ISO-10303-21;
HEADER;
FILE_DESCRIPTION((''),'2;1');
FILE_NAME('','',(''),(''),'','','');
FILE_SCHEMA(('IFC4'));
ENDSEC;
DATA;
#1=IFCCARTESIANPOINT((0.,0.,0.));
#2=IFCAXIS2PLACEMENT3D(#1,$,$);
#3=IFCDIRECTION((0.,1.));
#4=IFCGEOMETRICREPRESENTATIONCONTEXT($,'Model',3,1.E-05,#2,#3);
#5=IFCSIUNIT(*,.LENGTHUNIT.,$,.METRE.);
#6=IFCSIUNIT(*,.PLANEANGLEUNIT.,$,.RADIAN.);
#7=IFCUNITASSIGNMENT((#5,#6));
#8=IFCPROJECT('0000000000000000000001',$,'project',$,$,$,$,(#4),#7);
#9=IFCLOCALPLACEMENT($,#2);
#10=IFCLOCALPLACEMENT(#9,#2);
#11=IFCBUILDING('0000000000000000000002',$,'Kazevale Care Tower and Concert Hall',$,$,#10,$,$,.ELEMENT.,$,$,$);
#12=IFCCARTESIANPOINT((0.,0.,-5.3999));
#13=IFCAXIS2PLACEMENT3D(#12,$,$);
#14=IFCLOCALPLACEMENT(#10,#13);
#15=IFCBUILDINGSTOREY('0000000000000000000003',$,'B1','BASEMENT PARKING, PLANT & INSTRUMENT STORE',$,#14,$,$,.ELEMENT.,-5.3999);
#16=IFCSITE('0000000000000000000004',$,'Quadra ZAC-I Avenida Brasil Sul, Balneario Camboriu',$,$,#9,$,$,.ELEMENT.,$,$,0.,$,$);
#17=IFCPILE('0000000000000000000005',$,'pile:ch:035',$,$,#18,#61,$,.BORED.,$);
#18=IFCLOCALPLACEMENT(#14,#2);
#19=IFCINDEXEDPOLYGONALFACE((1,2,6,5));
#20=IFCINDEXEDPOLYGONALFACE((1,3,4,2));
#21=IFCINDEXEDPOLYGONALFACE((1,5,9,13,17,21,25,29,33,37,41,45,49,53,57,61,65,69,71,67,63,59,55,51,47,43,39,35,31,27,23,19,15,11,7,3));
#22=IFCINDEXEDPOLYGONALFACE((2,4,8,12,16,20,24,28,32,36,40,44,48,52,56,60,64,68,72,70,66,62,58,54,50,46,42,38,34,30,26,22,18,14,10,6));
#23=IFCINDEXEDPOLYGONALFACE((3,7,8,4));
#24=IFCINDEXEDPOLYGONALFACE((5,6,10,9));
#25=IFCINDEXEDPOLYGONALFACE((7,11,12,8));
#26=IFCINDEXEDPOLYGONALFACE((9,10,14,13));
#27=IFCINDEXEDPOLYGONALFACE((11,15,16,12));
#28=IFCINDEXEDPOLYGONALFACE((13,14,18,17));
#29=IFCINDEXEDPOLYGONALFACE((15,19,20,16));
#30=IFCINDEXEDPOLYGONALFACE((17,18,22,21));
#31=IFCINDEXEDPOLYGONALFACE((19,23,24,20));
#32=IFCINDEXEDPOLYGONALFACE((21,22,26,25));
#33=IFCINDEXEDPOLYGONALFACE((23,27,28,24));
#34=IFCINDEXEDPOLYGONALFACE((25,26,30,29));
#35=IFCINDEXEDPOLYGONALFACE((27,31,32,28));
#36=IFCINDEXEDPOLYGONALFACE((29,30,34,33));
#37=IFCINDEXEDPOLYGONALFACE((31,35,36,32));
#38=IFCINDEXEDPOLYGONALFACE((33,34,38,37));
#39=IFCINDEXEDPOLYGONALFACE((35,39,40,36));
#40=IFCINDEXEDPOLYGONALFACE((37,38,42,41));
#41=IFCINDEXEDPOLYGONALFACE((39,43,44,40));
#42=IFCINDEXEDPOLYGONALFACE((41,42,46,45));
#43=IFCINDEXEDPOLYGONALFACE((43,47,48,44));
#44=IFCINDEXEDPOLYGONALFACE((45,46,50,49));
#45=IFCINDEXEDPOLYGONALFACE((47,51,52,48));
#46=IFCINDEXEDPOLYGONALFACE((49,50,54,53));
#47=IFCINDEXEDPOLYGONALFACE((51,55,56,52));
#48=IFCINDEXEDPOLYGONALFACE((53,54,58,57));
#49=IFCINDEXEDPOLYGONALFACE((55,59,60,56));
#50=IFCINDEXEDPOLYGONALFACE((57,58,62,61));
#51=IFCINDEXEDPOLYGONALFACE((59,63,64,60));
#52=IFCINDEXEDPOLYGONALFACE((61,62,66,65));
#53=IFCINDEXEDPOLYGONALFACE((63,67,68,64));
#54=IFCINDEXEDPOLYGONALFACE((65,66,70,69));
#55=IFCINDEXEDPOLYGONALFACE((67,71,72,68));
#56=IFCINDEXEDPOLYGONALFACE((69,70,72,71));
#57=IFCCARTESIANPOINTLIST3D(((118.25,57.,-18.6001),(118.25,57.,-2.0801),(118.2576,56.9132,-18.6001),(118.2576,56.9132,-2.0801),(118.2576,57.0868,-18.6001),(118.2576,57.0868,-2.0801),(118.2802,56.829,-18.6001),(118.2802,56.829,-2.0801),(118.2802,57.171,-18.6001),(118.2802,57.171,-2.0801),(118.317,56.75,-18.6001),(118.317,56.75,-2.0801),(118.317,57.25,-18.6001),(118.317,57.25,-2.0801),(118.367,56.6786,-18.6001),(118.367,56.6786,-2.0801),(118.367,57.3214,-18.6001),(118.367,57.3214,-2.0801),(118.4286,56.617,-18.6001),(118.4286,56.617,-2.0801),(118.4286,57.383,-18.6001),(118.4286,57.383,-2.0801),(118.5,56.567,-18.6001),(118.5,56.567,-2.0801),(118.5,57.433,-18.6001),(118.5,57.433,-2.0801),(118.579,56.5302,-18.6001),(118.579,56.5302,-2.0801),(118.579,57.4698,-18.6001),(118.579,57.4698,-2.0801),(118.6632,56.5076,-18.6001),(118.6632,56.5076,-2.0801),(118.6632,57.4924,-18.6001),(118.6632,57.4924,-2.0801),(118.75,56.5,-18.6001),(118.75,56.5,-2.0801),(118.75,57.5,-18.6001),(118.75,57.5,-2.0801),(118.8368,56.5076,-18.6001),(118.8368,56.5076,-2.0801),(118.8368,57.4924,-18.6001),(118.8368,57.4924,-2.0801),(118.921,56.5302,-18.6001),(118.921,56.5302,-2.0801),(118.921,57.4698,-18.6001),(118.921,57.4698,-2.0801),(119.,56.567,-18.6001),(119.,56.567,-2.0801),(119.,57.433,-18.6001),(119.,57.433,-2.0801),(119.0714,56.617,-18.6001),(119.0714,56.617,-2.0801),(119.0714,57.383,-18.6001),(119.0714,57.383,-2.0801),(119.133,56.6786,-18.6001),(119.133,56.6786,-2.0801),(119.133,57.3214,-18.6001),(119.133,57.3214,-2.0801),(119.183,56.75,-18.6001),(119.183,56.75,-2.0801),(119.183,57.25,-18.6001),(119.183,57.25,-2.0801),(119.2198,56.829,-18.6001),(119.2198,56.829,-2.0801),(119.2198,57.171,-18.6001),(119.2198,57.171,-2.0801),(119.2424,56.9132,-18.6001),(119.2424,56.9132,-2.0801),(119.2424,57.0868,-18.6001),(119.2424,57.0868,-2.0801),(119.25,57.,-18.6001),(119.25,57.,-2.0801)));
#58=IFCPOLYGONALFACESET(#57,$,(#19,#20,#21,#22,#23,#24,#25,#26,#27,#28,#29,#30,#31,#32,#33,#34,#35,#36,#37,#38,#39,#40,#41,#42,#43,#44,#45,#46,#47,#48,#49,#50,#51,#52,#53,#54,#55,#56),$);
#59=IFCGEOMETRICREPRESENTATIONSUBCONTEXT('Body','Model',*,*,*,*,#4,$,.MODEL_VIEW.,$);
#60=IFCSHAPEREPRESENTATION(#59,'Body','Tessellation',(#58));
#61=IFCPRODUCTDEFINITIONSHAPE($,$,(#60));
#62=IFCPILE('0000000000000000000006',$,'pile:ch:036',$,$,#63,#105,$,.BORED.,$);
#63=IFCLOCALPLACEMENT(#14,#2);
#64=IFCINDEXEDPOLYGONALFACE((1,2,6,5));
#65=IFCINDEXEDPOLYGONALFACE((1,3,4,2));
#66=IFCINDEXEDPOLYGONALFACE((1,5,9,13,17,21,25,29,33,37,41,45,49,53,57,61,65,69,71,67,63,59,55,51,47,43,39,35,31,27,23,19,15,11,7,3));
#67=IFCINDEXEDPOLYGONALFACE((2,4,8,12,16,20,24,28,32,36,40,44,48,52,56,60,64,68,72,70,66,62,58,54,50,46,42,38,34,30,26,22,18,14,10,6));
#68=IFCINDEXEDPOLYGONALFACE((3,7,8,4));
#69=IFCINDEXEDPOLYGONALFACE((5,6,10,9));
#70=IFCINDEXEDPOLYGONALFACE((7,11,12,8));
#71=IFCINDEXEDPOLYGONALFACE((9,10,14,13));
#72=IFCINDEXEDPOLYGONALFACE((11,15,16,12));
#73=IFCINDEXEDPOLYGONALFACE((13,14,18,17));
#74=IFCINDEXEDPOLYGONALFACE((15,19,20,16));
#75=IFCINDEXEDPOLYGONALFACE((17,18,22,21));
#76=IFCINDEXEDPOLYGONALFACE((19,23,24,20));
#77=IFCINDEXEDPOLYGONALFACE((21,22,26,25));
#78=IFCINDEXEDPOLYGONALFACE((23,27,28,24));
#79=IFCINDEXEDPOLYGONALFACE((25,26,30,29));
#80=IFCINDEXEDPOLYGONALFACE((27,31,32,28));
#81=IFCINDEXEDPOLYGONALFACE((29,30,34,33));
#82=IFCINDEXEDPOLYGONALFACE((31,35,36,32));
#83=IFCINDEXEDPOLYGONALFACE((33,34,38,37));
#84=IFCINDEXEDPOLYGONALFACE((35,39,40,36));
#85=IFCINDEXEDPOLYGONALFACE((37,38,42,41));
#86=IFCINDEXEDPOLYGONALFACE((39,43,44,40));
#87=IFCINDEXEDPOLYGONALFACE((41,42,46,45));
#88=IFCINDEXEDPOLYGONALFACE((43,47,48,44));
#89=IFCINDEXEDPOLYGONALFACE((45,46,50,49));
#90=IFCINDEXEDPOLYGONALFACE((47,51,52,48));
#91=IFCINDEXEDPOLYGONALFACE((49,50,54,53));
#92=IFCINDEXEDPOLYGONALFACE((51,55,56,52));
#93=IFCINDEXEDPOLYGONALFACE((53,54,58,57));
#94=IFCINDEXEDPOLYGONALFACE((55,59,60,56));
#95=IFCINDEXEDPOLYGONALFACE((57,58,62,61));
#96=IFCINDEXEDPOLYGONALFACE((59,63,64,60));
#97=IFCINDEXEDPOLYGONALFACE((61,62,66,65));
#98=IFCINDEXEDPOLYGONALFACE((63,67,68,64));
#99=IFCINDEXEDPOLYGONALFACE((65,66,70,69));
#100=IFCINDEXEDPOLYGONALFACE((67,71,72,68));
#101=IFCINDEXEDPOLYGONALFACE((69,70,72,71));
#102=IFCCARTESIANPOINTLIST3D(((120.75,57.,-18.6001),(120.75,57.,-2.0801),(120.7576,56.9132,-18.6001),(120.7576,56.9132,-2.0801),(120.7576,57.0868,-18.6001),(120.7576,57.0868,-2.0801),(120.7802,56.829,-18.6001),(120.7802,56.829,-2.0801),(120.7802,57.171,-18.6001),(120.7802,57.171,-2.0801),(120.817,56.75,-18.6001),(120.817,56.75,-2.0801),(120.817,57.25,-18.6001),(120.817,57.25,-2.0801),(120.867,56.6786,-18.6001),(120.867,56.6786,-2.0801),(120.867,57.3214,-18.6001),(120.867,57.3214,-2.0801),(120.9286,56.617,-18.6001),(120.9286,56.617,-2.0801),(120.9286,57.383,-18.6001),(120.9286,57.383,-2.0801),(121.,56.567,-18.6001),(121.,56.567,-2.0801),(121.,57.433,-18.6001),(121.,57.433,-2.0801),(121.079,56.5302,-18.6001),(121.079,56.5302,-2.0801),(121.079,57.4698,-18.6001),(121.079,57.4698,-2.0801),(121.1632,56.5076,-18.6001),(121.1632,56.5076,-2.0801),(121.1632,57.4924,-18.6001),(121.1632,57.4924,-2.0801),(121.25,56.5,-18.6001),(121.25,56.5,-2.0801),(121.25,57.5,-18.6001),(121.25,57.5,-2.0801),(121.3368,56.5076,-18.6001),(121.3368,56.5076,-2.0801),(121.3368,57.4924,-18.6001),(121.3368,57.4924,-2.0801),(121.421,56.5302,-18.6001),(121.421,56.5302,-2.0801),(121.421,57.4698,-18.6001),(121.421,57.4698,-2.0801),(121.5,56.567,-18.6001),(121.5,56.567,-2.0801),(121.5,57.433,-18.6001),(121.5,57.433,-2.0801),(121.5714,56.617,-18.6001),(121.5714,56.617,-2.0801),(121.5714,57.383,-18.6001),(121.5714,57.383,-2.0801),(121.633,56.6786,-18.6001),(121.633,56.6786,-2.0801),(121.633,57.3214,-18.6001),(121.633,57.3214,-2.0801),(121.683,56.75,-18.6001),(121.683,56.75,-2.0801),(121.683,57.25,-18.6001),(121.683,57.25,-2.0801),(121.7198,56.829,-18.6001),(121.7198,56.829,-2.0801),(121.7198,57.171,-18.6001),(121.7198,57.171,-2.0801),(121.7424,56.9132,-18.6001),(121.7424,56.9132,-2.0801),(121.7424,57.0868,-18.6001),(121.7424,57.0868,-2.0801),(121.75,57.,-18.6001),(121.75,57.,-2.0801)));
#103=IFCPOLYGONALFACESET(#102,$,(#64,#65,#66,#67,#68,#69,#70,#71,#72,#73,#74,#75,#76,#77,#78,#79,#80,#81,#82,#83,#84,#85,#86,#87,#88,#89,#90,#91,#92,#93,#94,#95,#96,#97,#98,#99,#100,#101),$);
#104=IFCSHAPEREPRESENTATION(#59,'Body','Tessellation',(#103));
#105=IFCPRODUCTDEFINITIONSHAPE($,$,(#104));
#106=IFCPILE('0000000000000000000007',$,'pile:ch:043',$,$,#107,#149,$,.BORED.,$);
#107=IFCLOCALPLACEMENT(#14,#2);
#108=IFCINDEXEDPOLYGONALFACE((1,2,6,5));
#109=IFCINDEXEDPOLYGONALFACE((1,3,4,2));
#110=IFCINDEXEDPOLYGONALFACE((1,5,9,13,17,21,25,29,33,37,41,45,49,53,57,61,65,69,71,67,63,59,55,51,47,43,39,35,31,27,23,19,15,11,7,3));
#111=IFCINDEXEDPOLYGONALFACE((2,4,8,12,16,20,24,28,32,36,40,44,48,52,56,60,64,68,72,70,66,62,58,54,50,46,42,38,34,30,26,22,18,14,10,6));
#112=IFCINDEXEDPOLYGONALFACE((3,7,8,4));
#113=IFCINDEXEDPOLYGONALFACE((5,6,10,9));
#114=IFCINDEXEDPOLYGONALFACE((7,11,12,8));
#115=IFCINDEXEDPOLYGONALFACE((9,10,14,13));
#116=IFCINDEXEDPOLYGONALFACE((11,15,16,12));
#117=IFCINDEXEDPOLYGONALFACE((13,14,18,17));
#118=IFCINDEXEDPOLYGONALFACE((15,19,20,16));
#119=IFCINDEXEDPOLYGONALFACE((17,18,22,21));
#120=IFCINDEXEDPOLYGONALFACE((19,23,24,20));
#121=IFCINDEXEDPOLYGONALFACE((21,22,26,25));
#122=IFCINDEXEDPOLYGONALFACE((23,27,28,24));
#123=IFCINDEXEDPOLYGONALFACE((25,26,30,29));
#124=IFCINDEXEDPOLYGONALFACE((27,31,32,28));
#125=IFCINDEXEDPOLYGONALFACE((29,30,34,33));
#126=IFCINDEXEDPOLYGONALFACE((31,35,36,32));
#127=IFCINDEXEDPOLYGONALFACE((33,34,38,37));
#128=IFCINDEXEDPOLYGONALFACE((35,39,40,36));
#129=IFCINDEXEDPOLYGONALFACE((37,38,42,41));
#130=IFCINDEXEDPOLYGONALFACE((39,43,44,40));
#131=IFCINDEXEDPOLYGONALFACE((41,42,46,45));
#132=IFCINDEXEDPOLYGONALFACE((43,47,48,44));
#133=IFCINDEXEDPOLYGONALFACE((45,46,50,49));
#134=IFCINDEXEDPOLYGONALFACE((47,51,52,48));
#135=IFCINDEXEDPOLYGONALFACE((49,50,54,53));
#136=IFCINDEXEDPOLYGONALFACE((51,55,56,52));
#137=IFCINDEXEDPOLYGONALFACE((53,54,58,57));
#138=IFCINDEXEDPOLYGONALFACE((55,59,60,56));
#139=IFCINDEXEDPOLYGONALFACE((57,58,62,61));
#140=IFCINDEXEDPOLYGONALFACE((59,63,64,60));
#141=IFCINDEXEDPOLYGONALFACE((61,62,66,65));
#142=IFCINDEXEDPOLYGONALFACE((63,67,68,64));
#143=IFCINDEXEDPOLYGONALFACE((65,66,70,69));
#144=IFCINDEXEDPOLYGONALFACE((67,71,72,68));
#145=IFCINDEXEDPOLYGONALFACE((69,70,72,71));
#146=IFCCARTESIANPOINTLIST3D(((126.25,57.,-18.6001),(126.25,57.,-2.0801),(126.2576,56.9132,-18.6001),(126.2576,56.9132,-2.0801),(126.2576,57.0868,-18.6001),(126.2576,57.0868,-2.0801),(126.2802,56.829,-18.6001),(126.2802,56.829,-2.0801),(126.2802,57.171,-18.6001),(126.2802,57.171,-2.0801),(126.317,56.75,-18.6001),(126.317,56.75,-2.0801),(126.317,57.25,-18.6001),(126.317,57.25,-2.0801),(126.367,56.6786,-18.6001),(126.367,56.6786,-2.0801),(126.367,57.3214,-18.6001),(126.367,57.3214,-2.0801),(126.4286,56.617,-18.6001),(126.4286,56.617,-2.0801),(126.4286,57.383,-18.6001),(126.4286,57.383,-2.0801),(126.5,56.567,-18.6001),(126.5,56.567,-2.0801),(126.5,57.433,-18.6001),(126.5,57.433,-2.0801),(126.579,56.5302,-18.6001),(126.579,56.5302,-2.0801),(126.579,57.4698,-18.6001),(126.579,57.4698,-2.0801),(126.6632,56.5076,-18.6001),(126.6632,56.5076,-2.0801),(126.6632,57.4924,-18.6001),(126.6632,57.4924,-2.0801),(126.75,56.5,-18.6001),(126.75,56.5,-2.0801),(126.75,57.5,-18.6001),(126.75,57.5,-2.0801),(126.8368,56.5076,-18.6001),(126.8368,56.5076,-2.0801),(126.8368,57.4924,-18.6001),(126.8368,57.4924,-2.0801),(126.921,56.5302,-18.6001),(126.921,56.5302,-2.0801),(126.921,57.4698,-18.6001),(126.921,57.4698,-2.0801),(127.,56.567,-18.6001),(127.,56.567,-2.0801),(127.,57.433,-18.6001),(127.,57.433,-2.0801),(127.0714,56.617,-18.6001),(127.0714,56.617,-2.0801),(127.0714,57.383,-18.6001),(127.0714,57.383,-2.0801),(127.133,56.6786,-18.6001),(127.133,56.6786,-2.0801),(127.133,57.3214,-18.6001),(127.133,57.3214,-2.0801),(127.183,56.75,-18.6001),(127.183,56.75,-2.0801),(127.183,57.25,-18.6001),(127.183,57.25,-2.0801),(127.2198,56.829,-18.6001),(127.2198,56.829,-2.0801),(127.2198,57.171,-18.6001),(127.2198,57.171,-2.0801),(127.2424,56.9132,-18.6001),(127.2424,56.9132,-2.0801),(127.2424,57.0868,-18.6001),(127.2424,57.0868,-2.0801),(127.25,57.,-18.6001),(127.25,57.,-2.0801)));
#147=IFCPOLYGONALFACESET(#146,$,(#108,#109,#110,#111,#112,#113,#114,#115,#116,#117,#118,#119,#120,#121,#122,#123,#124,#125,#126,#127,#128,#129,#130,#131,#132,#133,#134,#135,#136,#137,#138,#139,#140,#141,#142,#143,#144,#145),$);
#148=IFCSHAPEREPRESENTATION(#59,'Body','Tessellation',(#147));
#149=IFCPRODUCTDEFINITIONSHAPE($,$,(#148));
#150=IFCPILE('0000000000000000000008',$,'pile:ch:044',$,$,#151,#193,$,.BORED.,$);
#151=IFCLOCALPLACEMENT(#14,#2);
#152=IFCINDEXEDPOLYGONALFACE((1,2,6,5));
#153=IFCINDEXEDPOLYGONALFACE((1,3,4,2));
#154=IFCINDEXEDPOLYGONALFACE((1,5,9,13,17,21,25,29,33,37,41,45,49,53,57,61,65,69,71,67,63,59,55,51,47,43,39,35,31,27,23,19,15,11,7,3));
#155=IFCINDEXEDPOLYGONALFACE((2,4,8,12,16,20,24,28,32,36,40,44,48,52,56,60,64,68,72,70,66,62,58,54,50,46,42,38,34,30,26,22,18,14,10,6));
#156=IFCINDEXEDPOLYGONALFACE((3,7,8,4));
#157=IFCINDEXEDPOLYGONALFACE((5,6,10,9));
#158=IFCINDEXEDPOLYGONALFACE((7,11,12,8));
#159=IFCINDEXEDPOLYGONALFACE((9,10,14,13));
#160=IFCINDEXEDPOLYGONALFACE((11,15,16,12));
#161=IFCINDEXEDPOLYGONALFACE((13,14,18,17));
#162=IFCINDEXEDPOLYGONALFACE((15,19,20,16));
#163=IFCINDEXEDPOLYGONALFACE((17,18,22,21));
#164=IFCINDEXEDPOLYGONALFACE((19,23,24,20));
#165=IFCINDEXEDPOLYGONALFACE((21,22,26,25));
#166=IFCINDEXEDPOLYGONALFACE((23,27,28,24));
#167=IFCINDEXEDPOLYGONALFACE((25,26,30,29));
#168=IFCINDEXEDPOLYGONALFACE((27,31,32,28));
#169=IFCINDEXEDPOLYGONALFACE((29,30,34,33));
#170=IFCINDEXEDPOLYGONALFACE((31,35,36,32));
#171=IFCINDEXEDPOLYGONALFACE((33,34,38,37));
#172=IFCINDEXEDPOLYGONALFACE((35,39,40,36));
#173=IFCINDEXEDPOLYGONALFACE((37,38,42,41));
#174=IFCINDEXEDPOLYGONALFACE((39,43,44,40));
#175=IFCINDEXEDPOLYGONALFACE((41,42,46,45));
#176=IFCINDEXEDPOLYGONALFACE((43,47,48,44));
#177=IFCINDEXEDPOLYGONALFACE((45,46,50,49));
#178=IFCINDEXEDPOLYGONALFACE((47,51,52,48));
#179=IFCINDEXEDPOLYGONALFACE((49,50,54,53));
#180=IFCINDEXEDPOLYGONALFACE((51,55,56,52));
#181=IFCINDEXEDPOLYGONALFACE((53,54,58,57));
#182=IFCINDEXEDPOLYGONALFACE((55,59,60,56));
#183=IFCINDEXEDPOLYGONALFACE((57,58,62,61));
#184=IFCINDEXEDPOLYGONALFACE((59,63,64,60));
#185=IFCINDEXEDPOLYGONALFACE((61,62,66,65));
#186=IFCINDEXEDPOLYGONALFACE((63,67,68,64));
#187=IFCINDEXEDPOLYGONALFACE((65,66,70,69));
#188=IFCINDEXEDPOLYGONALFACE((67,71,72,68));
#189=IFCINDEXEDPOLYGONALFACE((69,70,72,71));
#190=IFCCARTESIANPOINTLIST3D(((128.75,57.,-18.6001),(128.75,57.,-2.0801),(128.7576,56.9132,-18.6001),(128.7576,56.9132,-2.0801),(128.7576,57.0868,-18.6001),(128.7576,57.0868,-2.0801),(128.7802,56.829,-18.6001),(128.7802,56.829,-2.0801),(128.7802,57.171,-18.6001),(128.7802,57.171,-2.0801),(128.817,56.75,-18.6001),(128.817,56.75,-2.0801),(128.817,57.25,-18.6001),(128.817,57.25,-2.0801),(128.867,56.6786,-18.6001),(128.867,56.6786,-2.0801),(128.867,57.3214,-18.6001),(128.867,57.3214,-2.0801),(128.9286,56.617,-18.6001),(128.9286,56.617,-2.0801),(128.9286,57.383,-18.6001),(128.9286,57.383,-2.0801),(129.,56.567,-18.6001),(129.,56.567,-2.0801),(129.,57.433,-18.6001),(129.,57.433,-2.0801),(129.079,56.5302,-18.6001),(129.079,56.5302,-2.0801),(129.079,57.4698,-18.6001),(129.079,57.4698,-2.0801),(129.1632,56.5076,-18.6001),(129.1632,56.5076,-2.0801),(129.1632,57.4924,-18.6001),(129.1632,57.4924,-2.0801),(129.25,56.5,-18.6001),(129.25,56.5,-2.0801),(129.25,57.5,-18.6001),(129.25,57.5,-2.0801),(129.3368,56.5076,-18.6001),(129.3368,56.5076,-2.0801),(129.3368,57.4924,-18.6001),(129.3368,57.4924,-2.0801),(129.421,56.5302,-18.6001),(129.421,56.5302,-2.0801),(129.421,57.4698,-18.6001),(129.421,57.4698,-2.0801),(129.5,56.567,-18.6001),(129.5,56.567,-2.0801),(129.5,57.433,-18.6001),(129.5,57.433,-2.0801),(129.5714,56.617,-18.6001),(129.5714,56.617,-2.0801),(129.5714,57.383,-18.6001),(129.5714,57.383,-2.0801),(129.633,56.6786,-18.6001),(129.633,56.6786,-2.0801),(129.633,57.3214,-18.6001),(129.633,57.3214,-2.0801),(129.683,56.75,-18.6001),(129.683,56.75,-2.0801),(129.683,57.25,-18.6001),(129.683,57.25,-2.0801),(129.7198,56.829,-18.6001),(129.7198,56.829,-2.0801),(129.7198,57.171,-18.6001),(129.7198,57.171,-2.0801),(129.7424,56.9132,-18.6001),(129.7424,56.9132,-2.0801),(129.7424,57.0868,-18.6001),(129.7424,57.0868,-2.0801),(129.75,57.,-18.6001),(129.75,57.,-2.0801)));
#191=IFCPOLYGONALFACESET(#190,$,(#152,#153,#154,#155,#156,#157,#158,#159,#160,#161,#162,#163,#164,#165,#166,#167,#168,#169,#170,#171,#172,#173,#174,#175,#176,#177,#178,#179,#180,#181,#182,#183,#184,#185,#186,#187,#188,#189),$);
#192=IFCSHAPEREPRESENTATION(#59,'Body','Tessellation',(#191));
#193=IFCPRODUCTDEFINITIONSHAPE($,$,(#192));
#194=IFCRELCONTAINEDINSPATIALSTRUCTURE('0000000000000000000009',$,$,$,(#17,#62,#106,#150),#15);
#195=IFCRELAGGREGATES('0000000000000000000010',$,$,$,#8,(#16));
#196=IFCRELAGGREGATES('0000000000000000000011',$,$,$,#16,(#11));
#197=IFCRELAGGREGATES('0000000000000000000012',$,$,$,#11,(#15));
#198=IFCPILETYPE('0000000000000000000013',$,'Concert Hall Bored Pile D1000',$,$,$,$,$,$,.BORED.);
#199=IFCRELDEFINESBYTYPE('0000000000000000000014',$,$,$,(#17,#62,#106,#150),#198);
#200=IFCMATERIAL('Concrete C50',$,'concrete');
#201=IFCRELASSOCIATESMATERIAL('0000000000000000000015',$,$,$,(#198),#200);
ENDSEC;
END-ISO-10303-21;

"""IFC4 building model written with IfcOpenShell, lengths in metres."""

from ifc_helpers import new_model, si_unit, direction, frame, origin, origin_2d, place, context, subcontext, project, spatial, circle, extrude, material, material_profile, profile_set, type_object, element, save


model = new_model("IFC4")

# Units and contexts
model_context = context("Model", 3, precision=1e-05, world=origin(), true_north=direction((0.0, 1.0)))
body_context = subcontext(model_context, "Body", "Model", "MODEL_VIEW")
ifc_project = project(units=[si_unit("LENGTHUNIT", "METRE"), si_unit("PLANEANGLEUNIT", "RADIAN")], contexts=[model_context])

# Site, building, storey
site_placement = place(None, origin())
site = spatial("IfcSite", under=ifc_project, at=site_placement, Name="Quadra ZAC-I Avenida Brasil Sul, Balneario Camboriu", CompositionType="ELEMENT", RefElevation=0.0)
building_placement = place(site_placement, origin())
building = spatial("IfcBuilding", under=site, at=building_placement, Name="Kazevale Care Tower and Concert Hall", CompositionType="ELEMENT")
storey_placement = place(building_placement, frame((0.0, 0.0, -5.3999)))
storey = spatial("IfcBuildingStorey", under=building, at=storey_placement, Name="B1", Description="BASEMENT PARKING, PLANT & INSTRUMENT STORE", CompositionType="ELEMENT", Elevation=-5.3999)

# Piles
ifc_material_1 = material(Name="Concrete C50", Category="concrete")
ifc_material_profile_1 = material_profile(ifc_material_1, circle(Radius=0.5, at=origin_2d()), Name="PILE-D1000")
ifc_profile_set_1 = profile_set([ifc_material_profile_1], Name="Concrete C50")
pile_type = type_object("IfcPileType", Name="Concert Hall Bored Pile D1000", PredefinedType="BORED", material=ifc_profile_set_1)
for number, where, z_axis, x_axis, name in (
    (1, (118.75, 57.0, -2.0801), (0.0, 0.0, -1.0), (1.0, 0.0, 0.0), "pile:ch:035"),
    (2, (121.25, 57.0, -2.0801), (0.0, 0.0, -1.0), (1.0, 0.0, 0.0), "pile:ch:036"),
    (3, (126.75, 57.0, -2.0801), (0.0, 0.0, -1.0), (1.0, 0.0, 0.0), "pile:ch:043"),
    (4, (129.25, 57.0, -2.0801), (0.0, 0.0, -1.0), (1.0, 0.0, 0.0), "pile:ch:044"),
):
    element("IfcPile", number, at=place(storey_placement, frame(where, z_axis=z_axis, x_axis=x_axis)), inside=storey, type_object=pile_type, Name=name, PredefinedType="BORED", context=body_context, shape_type="SweptSolid", body=[
        extrude(circle(Radius=0.5, at=origin_2d()), origin(), (0.0, 0.0, 1.0), 16.52),
    ])

save(model, "model.ifc")
